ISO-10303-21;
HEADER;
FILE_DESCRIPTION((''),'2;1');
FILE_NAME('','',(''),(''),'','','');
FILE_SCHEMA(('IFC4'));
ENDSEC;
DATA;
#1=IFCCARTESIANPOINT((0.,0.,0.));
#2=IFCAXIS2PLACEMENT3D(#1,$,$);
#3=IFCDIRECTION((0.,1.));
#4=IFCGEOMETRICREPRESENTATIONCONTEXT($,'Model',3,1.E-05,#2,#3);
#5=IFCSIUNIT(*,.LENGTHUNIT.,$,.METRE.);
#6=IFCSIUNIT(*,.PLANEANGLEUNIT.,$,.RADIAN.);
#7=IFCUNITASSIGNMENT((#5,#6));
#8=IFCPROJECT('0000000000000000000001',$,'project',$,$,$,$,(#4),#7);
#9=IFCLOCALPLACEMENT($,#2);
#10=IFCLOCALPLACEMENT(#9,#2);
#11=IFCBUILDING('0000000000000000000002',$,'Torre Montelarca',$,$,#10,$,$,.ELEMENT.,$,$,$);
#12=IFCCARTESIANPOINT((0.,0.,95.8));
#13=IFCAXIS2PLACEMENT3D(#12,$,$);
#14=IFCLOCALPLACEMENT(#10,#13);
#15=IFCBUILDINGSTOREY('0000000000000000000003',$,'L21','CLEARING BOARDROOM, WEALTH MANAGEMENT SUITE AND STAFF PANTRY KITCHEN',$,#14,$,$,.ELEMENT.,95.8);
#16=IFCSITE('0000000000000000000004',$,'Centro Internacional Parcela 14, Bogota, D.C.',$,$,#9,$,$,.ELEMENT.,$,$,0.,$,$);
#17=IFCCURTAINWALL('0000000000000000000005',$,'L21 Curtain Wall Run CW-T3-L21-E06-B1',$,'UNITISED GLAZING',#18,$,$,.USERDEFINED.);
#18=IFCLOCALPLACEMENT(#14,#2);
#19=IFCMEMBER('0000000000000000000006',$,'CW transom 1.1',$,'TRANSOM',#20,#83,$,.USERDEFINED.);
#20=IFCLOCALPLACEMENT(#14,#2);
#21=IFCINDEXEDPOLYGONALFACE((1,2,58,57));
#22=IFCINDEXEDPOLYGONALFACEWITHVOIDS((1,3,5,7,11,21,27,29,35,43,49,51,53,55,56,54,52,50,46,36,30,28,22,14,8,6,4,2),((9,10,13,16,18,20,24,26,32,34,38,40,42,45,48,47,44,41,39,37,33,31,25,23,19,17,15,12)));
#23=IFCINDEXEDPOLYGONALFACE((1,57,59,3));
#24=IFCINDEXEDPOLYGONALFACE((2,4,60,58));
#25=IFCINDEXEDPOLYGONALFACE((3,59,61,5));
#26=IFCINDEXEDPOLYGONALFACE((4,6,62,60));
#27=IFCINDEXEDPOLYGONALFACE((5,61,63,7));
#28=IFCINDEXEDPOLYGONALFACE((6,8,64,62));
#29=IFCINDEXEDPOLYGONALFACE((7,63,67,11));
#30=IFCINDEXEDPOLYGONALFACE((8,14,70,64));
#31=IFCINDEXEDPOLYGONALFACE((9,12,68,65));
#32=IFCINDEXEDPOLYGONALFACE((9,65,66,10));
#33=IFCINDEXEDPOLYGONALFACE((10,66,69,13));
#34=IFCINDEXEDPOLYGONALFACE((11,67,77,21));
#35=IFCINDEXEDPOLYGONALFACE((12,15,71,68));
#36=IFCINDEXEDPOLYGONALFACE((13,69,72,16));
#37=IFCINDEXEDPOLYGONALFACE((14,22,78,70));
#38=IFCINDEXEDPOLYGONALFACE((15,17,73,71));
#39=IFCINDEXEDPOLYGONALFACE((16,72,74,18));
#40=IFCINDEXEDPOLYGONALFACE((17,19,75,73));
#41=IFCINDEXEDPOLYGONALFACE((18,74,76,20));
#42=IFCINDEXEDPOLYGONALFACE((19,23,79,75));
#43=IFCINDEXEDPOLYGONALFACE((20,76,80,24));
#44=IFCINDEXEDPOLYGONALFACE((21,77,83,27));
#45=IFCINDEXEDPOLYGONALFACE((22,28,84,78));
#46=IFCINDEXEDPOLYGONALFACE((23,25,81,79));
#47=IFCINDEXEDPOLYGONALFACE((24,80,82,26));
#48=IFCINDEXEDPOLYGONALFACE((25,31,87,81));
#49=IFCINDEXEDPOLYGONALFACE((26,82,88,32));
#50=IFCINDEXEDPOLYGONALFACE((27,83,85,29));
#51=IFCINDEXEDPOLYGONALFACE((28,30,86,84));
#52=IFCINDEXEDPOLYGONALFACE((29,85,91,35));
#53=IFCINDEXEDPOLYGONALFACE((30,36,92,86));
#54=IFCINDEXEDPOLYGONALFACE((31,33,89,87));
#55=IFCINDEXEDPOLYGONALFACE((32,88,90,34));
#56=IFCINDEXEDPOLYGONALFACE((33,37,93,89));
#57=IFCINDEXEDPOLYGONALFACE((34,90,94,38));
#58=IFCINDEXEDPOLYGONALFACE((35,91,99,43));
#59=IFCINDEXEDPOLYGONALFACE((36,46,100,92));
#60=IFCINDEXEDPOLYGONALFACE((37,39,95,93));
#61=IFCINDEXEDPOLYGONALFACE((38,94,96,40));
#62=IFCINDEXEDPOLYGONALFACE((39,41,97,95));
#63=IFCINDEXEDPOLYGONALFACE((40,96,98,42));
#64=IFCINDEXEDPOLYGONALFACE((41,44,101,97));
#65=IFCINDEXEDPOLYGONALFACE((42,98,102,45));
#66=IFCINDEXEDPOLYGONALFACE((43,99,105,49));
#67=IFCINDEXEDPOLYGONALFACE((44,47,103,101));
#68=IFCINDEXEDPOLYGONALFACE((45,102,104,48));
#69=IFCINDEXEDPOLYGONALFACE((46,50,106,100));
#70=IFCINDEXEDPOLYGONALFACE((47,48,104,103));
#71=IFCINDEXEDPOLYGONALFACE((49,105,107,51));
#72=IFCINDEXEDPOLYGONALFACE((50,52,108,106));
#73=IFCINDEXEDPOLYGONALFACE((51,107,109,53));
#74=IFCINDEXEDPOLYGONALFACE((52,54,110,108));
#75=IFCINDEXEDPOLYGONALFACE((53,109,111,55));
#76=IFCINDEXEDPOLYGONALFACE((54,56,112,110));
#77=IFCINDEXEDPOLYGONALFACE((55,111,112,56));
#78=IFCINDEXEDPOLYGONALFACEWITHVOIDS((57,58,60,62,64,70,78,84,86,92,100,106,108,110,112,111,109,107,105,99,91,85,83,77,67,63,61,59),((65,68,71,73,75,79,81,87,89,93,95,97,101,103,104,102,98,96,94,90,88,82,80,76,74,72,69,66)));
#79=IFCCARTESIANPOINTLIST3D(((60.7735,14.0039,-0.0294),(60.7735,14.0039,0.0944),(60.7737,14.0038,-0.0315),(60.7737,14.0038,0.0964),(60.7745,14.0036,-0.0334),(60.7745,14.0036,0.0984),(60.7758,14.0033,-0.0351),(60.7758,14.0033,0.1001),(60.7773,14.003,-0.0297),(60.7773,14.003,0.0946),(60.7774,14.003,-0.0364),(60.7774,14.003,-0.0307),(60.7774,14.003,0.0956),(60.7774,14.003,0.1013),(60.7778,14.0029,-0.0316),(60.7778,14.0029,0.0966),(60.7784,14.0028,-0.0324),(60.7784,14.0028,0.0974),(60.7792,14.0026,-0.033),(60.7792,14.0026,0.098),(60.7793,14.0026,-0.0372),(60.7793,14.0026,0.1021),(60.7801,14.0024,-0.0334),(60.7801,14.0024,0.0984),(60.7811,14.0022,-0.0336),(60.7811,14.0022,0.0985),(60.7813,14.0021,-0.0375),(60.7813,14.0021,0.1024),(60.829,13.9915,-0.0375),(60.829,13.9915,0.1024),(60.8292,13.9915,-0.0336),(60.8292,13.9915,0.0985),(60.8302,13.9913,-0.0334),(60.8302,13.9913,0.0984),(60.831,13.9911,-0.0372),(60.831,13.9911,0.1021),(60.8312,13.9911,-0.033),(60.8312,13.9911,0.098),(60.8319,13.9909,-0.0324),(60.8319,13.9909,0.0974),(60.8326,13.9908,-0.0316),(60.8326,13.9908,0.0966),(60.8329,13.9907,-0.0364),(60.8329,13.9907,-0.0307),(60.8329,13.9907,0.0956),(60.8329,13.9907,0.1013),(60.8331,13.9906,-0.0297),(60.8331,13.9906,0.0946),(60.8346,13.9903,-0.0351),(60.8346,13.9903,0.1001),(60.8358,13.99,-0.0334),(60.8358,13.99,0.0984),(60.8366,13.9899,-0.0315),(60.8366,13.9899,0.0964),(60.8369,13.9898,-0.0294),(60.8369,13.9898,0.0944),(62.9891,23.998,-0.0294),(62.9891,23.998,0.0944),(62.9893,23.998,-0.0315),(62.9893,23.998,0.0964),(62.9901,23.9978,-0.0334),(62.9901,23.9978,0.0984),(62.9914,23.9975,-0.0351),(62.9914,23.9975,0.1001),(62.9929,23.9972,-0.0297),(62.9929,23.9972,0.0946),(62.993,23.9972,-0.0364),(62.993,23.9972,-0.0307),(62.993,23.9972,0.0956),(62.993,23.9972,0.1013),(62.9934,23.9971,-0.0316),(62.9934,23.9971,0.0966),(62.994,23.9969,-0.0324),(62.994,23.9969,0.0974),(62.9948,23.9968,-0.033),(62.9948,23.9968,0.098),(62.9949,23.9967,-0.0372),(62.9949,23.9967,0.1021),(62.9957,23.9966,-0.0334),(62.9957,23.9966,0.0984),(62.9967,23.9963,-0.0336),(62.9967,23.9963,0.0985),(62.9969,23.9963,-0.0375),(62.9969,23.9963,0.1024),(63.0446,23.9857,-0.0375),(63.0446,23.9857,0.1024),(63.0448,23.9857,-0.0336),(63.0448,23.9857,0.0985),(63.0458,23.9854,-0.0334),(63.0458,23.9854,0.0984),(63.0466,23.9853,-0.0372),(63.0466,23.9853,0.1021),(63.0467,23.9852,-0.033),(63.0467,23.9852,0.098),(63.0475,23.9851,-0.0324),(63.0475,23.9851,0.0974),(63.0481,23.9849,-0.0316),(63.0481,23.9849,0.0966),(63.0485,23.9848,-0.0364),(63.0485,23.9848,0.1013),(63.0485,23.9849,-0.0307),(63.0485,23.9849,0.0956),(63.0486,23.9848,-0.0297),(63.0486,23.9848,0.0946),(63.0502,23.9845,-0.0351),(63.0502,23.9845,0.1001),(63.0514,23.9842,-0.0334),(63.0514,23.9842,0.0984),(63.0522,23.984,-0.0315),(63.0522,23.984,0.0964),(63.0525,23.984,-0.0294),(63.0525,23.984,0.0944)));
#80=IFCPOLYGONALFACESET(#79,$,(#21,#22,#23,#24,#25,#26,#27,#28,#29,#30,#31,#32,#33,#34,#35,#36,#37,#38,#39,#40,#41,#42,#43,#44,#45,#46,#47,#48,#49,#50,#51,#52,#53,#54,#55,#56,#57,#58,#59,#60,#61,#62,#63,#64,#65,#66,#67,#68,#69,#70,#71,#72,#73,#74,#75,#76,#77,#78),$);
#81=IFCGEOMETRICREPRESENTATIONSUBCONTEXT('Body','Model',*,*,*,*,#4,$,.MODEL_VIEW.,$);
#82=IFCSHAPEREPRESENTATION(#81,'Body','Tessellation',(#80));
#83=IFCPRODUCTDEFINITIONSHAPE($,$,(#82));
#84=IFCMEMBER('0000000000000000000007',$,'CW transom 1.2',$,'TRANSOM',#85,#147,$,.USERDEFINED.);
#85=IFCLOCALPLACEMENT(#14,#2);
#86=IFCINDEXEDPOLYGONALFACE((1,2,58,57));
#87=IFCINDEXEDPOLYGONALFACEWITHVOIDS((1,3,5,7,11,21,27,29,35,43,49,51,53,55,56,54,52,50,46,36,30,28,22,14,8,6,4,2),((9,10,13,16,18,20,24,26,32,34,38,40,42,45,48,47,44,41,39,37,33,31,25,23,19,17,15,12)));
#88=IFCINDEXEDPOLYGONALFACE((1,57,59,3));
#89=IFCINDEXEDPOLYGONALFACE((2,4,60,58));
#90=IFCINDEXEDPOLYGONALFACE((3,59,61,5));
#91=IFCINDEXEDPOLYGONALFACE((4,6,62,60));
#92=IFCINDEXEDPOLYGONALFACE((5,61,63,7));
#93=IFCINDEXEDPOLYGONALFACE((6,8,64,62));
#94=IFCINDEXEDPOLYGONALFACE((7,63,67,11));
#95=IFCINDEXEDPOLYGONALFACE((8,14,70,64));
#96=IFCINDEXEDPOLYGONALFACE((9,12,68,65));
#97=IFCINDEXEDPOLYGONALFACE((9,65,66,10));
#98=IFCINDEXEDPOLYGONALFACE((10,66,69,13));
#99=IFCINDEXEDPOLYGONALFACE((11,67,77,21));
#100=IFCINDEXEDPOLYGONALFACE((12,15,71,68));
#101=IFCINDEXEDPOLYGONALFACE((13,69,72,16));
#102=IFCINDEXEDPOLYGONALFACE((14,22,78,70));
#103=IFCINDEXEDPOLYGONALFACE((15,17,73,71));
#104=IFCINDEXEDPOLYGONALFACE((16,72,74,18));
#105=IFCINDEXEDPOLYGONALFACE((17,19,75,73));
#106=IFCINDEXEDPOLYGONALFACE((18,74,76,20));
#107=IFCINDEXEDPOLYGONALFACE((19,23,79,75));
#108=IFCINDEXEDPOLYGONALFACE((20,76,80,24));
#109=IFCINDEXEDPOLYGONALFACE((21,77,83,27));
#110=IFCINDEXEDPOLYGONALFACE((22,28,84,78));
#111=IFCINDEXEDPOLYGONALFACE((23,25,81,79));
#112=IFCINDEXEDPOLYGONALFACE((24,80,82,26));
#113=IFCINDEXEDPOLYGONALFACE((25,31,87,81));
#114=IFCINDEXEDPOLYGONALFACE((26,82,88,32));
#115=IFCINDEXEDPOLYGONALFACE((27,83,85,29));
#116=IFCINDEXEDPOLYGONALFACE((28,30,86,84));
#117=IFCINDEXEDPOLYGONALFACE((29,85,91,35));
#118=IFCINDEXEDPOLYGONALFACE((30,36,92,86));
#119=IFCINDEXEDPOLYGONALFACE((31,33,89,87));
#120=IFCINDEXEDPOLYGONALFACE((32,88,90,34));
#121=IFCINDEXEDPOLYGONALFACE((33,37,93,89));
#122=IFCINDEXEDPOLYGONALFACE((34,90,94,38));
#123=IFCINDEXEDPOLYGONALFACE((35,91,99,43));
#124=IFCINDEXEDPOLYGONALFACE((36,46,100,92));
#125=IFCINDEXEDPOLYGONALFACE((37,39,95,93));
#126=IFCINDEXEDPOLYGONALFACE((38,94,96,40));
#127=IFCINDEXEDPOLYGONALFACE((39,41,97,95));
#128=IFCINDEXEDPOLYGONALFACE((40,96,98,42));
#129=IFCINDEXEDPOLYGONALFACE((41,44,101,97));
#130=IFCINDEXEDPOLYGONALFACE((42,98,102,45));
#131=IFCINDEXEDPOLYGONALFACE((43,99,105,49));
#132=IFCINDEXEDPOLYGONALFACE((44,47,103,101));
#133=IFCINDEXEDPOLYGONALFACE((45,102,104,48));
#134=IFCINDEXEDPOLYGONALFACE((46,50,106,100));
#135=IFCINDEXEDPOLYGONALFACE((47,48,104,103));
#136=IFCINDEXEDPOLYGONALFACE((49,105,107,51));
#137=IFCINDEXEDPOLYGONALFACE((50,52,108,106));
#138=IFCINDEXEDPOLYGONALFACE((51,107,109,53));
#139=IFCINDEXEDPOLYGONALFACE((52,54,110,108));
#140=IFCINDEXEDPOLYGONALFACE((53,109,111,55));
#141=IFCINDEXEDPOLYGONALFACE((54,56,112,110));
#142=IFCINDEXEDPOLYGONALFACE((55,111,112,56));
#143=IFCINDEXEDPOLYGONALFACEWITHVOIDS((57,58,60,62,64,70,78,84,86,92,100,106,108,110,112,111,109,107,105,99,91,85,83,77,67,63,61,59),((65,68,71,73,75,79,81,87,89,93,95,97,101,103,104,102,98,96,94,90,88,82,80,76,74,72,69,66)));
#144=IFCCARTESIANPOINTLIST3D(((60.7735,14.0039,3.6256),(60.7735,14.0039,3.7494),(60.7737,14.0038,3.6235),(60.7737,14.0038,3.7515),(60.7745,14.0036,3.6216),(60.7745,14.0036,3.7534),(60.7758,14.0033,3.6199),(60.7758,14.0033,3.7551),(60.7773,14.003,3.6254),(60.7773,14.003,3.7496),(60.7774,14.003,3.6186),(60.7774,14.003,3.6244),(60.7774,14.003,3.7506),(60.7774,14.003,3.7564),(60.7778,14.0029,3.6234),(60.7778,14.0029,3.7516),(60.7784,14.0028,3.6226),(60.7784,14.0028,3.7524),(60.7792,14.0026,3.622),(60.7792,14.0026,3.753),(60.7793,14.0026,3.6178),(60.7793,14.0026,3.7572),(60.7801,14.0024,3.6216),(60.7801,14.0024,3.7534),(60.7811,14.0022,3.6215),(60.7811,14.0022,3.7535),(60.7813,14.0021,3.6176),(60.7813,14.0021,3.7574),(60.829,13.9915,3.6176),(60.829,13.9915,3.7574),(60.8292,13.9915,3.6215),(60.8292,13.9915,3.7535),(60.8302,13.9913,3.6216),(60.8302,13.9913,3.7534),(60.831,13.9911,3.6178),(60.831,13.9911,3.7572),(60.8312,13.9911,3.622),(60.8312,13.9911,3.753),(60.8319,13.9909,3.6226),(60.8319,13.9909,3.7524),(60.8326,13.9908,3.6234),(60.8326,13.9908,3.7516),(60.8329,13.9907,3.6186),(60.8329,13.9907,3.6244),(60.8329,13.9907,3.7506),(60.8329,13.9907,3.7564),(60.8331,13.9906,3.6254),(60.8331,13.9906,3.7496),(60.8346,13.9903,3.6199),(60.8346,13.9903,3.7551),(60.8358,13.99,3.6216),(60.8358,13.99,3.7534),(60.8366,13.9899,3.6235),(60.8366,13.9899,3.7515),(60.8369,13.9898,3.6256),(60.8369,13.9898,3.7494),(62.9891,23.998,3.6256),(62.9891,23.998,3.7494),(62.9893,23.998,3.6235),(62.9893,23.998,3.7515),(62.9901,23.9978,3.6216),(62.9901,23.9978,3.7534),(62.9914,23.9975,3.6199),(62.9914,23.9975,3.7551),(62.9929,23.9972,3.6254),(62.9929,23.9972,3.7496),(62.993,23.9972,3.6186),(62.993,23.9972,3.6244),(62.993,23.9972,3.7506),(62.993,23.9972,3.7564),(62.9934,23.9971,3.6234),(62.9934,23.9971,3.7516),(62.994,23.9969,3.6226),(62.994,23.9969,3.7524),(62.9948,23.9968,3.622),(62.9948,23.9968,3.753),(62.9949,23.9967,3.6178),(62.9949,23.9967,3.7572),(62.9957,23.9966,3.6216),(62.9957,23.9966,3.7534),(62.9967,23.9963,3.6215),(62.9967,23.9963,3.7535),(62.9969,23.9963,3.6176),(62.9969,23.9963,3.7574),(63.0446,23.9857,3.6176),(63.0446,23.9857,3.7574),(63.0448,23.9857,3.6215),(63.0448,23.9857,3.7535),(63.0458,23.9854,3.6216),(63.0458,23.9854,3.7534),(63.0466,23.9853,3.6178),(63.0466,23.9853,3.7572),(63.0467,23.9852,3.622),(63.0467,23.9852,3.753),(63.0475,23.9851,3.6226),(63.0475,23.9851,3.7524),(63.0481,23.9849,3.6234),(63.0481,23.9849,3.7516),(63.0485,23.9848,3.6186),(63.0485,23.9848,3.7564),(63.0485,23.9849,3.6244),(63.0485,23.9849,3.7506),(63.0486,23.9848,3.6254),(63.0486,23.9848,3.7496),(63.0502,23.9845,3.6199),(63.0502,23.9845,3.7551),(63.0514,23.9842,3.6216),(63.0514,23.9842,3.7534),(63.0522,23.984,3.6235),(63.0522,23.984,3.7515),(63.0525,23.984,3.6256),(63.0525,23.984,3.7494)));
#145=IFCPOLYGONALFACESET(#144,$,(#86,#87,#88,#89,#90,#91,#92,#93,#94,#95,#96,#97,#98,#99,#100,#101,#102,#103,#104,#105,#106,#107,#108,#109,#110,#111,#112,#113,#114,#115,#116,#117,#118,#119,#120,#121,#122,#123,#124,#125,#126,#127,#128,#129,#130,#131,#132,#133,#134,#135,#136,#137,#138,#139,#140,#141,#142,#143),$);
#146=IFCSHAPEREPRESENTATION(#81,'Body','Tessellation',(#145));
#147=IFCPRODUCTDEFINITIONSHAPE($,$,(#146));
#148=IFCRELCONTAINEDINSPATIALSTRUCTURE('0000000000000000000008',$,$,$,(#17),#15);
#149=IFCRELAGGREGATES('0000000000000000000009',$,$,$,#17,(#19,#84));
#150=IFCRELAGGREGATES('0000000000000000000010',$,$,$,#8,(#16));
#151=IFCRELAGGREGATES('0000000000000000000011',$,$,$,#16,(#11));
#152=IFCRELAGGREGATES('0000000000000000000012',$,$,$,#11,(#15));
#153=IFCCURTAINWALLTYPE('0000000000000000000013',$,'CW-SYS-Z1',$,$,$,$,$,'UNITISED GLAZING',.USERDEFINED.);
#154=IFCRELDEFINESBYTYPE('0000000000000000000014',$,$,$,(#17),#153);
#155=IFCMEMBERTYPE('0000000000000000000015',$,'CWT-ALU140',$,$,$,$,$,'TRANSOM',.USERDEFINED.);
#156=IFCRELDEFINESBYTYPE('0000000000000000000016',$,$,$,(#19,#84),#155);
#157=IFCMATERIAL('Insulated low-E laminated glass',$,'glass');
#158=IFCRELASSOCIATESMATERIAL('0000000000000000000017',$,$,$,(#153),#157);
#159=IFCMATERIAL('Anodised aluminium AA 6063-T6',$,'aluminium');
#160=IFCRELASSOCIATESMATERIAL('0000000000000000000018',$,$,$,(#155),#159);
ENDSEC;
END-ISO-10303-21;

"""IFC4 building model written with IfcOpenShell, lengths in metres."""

from ifc_helpers import new_model, si_unit, direction, frame, origin, origin_2d, place, context, subcontext, project, spatial, hollow_rectangle, extrude, source, transform, mapped, material, material_profile, profile_set, type_object, element, aggregate, save


model = new_model("IFC4")

# Units and contexts
model_context = context("Model", 3, precision=1e-05, world=origin(), true_north=direction((0.0, 1.0)))
body_context = subcontext(model_context, "Body", "Model", "MODEL_VIEW")
ifc_project = project(units=[si_unit("LENGTHUNIT", "METRE"), si_unit("PLANEANGLEUNIT", "RADIAN")], contexts=[model_context])

# Site, building, storey
site_placement = place(None, origin())
site = spatial("IfcSite", under=ifc_project, at=site_placement, Name="Centro Internacional Parcela 14, Bogota, D.C.", CompositionType="ELEMENT", RefElevation=0.0)
building_placement = place(site_placement, origin())
building = spatial("IfcBuilding", under=site, at=building_placement, Name="Torre Montelarca", CompositionType="ELEMENT")
storey_placement = place(building_placement, frame((0.0, 0.0, 95.8)))
storey = spatial("IfcBuildingStorey", under=building, at=storey_placement, Name="L21", Description="CLEARING BOARDROOM, WEALTH MANAGEMENT SUITE AND STAFF PANTRY KITCHEN", CompositionType="ELEMENT", Elevation=95.8)

# Curtain wall, members
ifc_material_1 = material(Name="Insulated low-E laminated glass", Category="glass")
curtain_wall_type = type_object("IfcCurtainWallType", Name="CW-SYS-Z1", ElementType="UNITISED GLAZING", PredefinedType="USERDEFINED", material=ifc_material_1)
ifc_material_2 = material(Name="Anodised aluminium AA 6063-T6", Category="aluminium")
ifc_material_profile_1 = material_profile(ifc_material_2, hollow_rectangle(XDim=0.0649, YDim=0.1399, WallThickness=0.0039, InnerFilletRadius=0.0039, OuterFilletRadius=0.0081, at=origin_2d()), Name="ALU65X140X4", Category="aluminium")
ifc_profile_set_1 = profile_set([ifc_material_profile_1], Name="Anodised aluminium AA 6063-T6")
member_type_1 = type_object("IfcMemberType", Name="CWT-ALU140", ElementType="TRANSOM", PredefinedType="USERDEFINED", material=ifc_profile_set_1)
curtain_wall_1_placement = place(storey_placement, origin())
curtain_wall_1 = element("IfcCurtainWall", 1, at=curtain_wall_1_placement, inside=storey, type_object=curtain_wall_type, Name="L21 Curtain Wall Run CW-T3-L21-E06-B1", ObjectType="UNITISED GLAZING", PredefinedType="USERDEFINED")
shared_shape_1 = source(origin(), body_context, "Body", "SweptSolid", [
    extrude(hollow_rectangle(XDim=0.0649, YDim=0.1399, WallThickness=0.0039, InnerFilletRadius=0.0039, OuterFilletRadius=0.0081, at=origin_2d()), origin(), (0.0, 0.0, 1.0), 10.2368),
])
member_1_placement = place(storey_placement, frame((60.8052, 13.9968, 0.0325), z_axis=(0.216433, 0.976297, 0.0), x_axis=(-0.976297, 0.216433, 0.0)))
member_1 = element("IfcMember", 2, at=member_1_placement, type_object=member_type_1, Name="CW transom 1.1", ObjectType="TRANSOM", PredefinedType="USERDEFINED", context=body_context, shape_type="MappedRepresentation", body=[
    mapped(shared_shape_1, transform((0.0, 0.0, 0.0), scale=1.0)),
])
member_2_placement = place(storey_placement, frame((60.8052, 13.9968, 3.6875), z_axis=(0.216433, 0.976297, 0.0), x_axis=(-0.976297, 0.216433, 0.0)))
member_2 = element("IfcMember", 3, at=member_2_placement, type_object=member_type_1, Name="CW transom 1.2", ObjectType="TRANSOM", PredefinedType="USERDEFINED", context=body_context, shape_type="MappedRepresentation", body=[
    mapped(shared_shape_1, transform((0.0, 0.0, 0.0), scale=1.0)),
])

aggregate(curtain_wall_1, [member_1, member_2])

save(model, "model.ifc")
